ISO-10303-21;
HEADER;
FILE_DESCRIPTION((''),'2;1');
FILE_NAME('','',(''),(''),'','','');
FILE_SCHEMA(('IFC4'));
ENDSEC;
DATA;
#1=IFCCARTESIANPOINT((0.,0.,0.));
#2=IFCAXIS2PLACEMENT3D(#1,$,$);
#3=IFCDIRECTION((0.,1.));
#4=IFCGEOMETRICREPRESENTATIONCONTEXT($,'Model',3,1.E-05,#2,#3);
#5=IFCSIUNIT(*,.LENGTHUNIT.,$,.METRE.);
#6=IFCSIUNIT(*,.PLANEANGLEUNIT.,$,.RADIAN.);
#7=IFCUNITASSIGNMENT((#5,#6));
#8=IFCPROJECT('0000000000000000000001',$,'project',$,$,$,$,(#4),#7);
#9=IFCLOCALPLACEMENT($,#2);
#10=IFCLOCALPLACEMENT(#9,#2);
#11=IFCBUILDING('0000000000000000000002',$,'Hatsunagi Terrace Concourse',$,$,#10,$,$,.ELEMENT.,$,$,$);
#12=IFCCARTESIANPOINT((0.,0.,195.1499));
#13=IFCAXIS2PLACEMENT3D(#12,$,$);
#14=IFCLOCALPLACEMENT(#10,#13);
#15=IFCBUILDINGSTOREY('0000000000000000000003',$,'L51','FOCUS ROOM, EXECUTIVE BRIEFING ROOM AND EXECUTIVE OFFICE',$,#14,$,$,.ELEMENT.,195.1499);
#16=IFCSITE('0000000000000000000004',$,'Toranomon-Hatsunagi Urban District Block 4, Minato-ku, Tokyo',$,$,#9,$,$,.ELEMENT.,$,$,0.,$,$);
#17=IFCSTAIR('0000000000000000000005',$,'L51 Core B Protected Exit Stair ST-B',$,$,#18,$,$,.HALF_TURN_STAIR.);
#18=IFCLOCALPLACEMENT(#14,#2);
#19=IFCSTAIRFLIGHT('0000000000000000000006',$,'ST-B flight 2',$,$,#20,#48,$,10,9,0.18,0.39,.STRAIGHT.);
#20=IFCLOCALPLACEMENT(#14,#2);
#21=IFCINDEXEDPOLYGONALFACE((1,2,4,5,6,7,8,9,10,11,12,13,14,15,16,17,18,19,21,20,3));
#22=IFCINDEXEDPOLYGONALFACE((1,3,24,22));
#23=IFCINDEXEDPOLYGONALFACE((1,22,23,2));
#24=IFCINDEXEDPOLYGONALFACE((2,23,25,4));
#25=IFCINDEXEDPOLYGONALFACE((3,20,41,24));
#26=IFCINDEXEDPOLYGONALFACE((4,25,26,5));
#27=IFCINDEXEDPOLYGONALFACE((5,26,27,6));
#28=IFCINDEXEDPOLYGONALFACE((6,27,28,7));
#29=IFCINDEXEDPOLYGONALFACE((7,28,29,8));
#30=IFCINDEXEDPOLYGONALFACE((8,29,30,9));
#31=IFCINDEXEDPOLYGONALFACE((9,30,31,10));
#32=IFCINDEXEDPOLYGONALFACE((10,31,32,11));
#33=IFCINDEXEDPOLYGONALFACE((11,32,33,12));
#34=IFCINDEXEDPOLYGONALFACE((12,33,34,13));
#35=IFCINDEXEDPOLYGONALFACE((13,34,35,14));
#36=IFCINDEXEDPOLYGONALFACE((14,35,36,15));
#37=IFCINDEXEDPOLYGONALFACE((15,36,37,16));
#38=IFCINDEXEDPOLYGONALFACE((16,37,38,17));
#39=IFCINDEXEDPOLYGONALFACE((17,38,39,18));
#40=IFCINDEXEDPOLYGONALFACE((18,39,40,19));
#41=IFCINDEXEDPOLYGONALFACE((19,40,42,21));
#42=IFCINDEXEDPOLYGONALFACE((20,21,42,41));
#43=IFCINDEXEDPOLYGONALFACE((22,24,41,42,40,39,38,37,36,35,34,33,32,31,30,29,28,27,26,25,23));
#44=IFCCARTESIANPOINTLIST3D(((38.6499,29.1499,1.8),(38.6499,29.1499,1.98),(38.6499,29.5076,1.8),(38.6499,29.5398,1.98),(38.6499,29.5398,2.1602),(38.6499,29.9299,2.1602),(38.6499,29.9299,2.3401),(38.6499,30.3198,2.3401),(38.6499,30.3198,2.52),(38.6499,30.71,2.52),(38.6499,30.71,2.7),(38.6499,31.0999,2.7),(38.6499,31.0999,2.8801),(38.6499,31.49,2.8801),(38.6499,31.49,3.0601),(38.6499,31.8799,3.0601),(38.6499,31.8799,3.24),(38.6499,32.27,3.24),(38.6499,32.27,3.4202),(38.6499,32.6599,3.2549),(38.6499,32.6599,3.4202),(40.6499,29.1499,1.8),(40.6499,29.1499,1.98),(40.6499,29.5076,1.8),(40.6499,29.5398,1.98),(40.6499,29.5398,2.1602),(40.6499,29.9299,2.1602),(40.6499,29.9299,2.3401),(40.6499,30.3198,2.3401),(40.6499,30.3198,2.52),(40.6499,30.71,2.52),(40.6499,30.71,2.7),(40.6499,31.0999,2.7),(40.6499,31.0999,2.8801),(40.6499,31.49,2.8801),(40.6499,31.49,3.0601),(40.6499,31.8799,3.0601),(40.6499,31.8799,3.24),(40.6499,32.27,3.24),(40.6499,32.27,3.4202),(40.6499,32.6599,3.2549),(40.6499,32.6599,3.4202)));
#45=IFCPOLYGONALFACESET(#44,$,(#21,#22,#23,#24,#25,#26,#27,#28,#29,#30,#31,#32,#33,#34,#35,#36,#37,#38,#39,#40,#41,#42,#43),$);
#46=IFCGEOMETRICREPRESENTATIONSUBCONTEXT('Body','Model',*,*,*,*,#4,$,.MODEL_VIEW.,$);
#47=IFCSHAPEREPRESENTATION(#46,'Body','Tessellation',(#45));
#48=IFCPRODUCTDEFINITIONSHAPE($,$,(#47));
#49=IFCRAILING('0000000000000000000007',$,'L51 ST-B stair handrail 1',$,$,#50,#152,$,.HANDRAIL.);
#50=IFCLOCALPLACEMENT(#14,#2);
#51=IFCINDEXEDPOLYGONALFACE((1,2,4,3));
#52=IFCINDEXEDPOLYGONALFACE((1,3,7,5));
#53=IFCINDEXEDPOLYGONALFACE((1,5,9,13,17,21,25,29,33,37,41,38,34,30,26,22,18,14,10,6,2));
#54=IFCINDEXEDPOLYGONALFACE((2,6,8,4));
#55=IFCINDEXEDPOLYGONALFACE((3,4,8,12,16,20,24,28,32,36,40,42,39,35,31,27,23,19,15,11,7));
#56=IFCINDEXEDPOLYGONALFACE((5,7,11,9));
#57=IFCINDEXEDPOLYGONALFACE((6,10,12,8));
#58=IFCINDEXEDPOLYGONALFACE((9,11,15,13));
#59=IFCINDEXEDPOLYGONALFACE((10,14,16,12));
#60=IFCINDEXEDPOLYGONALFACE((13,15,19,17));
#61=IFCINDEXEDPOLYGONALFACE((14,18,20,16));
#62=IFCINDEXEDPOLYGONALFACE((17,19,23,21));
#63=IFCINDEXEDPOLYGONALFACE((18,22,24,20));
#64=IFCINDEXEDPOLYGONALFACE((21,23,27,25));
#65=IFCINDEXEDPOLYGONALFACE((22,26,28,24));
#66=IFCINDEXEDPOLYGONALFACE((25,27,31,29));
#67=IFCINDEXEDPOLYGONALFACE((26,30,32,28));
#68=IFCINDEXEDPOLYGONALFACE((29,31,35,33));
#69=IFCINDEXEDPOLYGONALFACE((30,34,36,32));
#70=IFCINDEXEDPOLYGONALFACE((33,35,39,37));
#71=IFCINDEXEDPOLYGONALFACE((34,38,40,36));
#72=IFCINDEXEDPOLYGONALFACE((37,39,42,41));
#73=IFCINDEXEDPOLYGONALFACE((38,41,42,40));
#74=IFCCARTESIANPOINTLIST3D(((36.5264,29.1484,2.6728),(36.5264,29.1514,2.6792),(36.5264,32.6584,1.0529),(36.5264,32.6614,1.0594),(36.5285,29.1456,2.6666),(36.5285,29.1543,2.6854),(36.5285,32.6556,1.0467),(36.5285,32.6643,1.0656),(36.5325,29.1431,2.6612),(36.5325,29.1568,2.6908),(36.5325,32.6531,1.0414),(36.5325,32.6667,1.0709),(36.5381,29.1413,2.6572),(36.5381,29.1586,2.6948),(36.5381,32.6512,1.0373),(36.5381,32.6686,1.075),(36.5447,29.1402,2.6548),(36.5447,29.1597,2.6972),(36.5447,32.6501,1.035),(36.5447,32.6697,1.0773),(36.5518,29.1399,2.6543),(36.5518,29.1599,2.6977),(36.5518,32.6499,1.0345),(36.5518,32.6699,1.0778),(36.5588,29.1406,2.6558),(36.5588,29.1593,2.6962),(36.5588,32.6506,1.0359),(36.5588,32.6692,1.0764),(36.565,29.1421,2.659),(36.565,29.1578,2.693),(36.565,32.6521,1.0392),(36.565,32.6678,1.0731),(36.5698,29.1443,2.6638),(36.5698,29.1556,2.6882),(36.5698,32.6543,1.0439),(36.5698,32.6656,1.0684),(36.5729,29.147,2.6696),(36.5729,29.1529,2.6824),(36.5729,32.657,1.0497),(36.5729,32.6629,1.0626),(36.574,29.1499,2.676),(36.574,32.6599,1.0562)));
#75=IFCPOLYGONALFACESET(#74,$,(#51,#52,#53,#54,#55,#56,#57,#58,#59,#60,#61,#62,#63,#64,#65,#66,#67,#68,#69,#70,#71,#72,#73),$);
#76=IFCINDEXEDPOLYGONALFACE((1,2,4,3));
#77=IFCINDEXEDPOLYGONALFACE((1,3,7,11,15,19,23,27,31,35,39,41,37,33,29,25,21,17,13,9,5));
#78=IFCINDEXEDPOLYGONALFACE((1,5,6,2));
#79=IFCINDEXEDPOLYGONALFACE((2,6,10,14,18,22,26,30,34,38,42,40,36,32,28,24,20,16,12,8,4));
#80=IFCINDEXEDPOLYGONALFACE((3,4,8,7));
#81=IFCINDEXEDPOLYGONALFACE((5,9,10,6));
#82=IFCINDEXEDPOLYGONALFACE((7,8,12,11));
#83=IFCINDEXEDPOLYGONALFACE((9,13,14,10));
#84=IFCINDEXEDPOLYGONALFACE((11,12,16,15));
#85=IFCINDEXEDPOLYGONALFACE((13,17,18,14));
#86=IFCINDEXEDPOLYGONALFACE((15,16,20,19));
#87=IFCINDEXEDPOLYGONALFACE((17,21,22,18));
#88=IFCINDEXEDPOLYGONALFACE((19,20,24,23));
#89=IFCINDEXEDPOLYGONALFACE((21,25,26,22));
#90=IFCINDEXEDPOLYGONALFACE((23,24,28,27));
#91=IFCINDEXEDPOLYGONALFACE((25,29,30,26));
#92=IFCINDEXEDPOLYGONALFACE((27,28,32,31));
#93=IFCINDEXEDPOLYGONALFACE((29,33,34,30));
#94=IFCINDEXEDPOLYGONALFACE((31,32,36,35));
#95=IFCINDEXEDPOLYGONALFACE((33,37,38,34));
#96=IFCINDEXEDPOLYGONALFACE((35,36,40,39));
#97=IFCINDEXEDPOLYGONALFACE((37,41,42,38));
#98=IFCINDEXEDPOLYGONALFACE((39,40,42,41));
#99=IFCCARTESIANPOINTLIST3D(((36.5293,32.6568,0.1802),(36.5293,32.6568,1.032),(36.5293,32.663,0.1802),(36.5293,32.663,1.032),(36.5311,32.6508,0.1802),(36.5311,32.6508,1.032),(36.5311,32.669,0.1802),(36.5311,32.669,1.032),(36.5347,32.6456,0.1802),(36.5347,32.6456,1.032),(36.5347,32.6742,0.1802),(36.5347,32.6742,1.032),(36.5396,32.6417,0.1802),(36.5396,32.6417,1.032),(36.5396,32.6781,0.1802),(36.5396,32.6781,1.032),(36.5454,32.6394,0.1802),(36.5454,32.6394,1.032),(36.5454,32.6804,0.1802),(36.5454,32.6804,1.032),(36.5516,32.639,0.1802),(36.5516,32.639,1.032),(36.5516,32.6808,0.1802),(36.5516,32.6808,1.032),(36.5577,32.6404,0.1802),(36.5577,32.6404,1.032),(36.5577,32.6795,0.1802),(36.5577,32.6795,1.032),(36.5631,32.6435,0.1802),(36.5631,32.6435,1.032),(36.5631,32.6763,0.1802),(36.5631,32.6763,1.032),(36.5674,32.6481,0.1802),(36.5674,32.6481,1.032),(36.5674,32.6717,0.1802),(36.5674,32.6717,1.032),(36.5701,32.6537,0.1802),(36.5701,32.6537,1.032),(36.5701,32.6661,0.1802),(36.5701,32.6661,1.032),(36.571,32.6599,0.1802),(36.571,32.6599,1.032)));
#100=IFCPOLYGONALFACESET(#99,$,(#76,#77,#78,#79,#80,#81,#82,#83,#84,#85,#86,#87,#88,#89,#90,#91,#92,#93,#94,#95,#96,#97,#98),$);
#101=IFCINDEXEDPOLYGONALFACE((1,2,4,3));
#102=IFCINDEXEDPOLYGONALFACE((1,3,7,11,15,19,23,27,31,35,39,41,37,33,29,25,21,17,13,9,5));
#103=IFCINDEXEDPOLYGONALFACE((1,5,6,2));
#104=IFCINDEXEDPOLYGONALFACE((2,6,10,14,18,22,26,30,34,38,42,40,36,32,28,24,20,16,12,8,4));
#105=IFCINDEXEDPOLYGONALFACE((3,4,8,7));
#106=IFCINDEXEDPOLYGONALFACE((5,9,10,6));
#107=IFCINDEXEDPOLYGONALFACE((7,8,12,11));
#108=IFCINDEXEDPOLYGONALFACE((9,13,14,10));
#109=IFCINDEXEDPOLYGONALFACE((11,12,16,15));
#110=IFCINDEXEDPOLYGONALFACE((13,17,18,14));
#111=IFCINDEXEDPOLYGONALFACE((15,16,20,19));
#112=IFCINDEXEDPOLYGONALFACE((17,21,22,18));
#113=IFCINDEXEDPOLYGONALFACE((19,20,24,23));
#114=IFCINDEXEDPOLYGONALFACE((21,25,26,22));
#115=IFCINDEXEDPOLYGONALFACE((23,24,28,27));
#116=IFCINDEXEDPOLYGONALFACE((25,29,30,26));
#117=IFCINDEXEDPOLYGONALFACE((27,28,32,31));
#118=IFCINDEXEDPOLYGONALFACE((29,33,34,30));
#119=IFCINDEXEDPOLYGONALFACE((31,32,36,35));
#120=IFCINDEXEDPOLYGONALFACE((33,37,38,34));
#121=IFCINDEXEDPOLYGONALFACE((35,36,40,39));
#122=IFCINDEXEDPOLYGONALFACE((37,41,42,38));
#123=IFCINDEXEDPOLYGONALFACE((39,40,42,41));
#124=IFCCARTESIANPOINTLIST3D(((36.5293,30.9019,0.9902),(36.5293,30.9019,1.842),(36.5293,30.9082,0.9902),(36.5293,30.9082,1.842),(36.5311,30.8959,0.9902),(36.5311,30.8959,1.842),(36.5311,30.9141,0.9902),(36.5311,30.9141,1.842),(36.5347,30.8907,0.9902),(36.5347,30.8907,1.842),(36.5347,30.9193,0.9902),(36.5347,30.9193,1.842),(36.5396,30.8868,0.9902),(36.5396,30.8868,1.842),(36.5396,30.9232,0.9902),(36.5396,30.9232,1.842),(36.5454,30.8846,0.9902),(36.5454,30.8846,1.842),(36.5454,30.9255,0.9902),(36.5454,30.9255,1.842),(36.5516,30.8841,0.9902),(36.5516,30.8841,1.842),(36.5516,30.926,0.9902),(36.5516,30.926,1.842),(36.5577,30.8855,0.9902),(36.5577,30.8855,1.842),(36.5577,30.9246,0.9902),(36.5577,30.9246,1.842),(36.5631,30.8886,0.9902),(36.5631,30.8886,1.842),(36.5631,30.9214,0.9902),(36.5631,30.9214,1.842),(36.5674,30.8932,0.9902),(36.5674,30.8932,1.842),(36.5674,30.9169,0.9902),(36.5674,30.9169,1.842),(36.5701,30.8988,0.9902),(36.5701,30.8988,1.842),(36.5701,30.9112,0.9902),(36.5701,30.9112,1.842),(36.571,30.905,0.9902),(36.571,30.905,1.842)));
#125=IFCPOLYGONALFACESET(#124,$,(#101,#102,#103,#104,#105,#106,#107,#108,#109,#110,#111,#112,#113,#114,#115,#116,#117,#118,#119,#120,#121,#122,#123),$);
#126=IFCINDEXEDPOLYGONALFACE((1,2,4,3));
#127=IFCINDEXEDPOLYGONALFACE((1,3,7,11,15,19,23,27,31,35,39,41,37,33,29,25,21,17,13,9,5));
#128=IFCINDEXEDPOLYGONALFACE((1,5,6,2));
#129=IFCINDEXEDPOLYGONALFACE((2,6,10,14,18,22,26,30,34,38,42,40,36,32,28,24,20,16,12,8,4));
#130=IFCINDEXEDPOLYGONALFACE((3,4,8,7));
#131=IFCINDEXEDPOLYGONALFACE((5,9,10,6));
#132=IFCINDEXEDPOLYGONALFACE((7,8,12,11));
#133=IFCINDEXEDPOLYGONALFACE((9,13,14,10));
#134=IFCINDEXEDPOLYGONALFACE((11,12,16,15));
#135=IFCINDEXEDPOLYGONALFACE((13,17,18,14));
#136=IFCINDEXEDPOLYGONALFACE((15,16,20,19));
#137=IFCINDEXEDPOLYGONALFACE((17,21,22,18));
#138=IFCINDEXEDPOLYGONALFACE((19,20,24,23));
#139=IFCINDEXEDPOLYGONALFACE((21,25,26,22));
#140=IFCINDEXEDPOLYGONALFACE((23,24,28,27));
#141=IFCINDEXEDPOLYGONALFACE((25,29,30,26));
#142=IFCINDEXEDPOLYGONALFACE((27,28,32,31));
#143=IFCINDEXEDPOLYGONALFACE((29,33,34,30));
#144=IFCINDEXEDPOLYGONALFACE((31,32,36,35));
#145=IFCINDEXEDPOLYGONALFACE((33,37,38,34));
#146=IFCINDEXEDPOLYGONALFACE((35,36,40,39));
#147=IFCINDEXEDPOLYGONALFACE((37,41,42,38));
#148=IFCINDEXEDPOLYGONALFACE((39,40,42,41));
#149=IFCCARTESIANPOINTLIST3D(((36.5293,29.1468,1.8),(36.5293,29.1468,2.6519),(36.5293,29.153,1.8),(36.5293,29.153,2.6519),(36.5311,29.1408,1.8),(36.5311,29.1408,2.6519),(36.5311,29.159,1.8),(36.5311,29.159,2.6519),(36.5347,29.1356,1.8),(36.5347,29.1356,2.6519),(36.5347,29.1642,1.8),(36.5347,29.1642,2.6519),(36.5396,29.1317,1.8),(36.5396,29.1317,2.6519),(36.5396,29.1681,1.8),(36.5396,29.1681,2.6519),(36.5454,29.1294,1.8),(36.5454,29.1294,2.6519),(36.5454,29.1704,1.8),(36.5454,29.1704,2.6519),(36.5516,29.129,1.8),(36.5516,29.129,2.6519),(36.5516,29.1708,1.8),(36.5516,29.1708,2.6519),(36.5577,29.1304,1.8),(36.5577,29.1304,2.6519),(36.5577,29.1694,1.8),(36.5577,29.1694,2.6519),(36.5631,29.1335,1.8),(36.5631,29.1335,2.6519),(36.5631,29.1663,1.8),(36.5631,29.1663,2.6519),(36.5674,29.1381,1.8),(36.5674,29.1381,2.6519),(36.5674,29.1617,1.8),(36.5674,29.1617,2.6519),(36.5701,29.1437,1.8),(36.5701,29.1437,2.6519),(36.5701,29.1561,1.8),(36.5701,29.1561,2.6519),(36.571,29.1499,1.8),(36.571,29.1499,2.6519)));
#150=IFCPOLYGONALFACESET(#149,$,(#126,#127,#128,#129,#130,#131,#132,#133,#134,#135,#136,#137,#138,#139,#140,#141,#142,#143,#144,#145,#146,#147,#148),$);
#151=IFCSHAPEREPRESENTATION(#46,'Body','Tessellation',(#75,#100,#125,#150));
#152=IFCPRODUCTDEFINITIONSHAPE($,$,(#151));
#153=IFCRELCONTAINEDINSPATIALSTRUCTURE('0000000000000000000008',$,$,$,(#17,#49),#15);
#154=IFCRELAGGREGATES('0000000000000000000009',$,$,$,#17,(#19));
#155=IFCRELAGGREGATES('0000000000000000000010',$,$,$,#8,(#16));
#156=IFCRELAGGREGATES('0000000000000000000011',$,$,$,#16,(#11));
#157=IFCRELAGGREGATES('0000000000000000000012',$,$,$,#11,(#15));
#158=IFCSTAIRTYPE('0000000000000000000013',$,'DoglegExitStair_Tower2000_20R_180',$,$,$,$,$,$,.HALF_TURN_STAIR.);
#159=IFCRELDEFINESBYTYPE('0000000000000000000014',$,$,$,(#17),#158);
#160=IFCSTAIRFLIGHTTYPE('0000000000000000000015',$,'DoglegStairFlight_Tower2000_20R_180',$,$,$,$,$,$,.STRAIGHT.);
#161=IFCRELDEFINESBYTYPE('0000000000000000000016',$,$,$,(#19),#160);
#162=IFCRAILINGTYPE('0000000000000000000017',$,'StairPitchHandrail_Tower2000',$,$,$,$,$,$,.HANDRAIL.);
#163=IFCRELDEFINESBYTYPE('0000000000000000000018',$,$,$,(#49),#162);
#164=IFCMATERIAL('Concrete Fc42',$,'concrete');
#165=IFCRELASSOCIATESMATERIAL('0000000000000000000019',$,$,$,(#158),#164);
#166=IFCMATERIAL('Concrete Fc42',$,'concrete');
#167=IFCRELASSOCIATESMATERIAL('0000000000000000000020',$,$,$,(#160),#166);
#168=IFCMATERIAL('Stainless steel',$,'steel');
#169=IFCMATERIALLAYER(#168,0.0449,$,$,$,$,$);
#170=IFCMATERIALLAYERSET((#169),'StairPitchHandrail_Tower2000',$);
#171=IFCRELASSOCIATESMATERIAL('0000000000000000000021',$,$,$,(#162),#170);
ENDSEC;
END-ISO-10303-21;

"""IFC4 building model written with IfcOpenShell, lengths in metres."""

from ifc_helpers import new_model, si_unit, direction, frame, origin, origin_2d, place, context, subcontext, project, spatial, polyline, circle, outline, extrude, material, layer, layer_set, type_object, element, aggregate, save


model = new_model("IFC4")

# Units and contexts
model_context = context("Model", 3, precision=1e-05, world=origin(), true_north=direction((0.0, 1.0)))
body_context = subcontext(model_context, "Body", "Model", "MODEL_VIEW")
ifc_project = project(units=[si_unit("LENGTHUNIT", "METRE"), si_unit("PLANEANGLEUNIT", "RADIAN")], contexts=[model_context])

# Site, building, storey
site_placement = place(None, origin())
site = spatial("IfcSite", under=ifc_project, at=site_placement, Name="Toranomon-Hatsunagi Urban District Block 4, Minato-ku, Tokyo", CompositionType="ELEMENT", RefElevation=0.0)
building_placement = place(site_placement, origin())
building = spatial("IfcBuilding", under=site, at=building_placement, Name="Hatsunagi Terrace Concourse", CompositionType="ELEMENT")
storey_placement = place(building_placement, frame((0.0, 0.0, 195.1499)))
storey = spatial("IfcBuildingStorey", under=building, at=storey_placement, Name="L51", Description="FOCUS ROOM, EXECUTIVE BRIEFING ROOM AND EXECUTIVE OFFICE", CompositionType="ELEMENT", Elevation=195.1499)

# Stair, stair flight
ifc_material_1 = material(Name="Concrete Fc42", Category="concrete")
stair_type = type_object("IfcStairType", Name="DoglegExitStair_Tower2000_20R_180", PredefinedType="HALF_TURN_STAIR", material=ifc_material_1)
stair_placement = place(storey_placement, origin())
stair = element("IfcStair", 1, at=stair_placement, inside=storey, type_object=stair_type, Name="L51 Core B Protected Exit Stair ST-B", PredefinedType="HALF_TURN_STAIR")
ifc_material_2 = material(Name="Concrete Fc42", Category="concrete")
stair_flight_type = type_object("IfcStairFlightType", Name="DoglegStairFlight_Tower2000_20R_180", PredefinedType="STRAIGHT", material=ifc_material_2)
stair_flight_1_placement = place(storey_placement, frame((39.6499, 29.1499, 1.8), z_axis=(0.0, 0.0, 1.0), x_axis=(0.0, 1.0, 0.0)))
stair_flight_1 = element("IfcStairFlight", 2, at=stair_flight_1_placement, type_object=stair_flight_type, Name="ST-B flight 2", NumberOfRisers=10, NumberOfTreads=9, PredefinedType="STRAIGHT", RiserHeight=0.18, TreadLength=0.39, context=body_context, shape_type="SweptSolid", body=[
    extrude(outline(polyline([(0.0, 0.0), (0.0, 0.1799), (0.3899, 0.1799), (0.3899, 0.3601), (0.78, 0.3601), (0.78, 0.54), (1.1699, 0.54), (1.1699, 0.72), (1.5601, 0.72), (1.5601, 0.8999), (1.95, 0.8999), (1.95, 1.0801), (2.3401, 1.0801), (2.3401, 1.26), (2.73, 1.26), (2.73, 1.4399), (3.1201, 1.4399), (3.1201, 1.6201), (3.51, 1.6201), (3.51, 1.8), (3.51, 1.4548), (0.3577, 0.0), (0.0, 0.0)])), frame((0.0, 1.0, 0.0), z_axis=(0.0, -1.0, 0.0), x_axis=(1.0, 0.0, 0.0)), (0.0, 0.0, 1.0), 2.0),
])
aggregate(stair, [stair_flight_1])

# Railing
ifc_material_3 = material(Name="Stainless steel", Category="steel")
ifc_layer_1 = layer(ifc_material_3, 0.0449)
ifc_layer_set_1 = layer_set([ifc_layer_1], Name="StairPitchHandrail_Tower2000")
railing_type_1 = type_object("IfcRailingType", Name="StairPitchHandrail_Tower2000", PredefinedType="HANDRAIL", material=ifc_layer_set_1)
railing_1_placement = place(storey_placement, frame((36.55, 32.6599, 0.1802)))
element("IfcRailing", 3, at=railing_1_placement, inside=storey, type_object=railing_type_1, Name="L51 ST-B stair handrail 1", PredefinedType="HANDRAIL", context=body_context, shape_type="SweptSolid", body=[
    extrude(circle(Radius=0.0239, at=origin_2d()), frame((0.0, 0.0, 0.876), z_axis=(0.0, -0.907972, 0.41903), x_axis=(1.0, 0.0, 0.0)), (0.0, 0.0, 1.0), 3.8657),
    extrude(circle(Radius=0.021, at=origin_2d()), origin(), (0.0, 0.0, 1.0), 0.8518),
    extrude(circle(Radius=0.021, at=origin_2d()), frame((0.0, -1.7549, 0.8101)), (0.0, 0.0, 1.0), 0.8518),
    extrude(circle(Radius=0.021, at=origin_2d()), frame((0.0, -3.51, 1.6199)), (0.0, 0.0, 1.0), 0.8518),
])

save(model, "model.ifc")
